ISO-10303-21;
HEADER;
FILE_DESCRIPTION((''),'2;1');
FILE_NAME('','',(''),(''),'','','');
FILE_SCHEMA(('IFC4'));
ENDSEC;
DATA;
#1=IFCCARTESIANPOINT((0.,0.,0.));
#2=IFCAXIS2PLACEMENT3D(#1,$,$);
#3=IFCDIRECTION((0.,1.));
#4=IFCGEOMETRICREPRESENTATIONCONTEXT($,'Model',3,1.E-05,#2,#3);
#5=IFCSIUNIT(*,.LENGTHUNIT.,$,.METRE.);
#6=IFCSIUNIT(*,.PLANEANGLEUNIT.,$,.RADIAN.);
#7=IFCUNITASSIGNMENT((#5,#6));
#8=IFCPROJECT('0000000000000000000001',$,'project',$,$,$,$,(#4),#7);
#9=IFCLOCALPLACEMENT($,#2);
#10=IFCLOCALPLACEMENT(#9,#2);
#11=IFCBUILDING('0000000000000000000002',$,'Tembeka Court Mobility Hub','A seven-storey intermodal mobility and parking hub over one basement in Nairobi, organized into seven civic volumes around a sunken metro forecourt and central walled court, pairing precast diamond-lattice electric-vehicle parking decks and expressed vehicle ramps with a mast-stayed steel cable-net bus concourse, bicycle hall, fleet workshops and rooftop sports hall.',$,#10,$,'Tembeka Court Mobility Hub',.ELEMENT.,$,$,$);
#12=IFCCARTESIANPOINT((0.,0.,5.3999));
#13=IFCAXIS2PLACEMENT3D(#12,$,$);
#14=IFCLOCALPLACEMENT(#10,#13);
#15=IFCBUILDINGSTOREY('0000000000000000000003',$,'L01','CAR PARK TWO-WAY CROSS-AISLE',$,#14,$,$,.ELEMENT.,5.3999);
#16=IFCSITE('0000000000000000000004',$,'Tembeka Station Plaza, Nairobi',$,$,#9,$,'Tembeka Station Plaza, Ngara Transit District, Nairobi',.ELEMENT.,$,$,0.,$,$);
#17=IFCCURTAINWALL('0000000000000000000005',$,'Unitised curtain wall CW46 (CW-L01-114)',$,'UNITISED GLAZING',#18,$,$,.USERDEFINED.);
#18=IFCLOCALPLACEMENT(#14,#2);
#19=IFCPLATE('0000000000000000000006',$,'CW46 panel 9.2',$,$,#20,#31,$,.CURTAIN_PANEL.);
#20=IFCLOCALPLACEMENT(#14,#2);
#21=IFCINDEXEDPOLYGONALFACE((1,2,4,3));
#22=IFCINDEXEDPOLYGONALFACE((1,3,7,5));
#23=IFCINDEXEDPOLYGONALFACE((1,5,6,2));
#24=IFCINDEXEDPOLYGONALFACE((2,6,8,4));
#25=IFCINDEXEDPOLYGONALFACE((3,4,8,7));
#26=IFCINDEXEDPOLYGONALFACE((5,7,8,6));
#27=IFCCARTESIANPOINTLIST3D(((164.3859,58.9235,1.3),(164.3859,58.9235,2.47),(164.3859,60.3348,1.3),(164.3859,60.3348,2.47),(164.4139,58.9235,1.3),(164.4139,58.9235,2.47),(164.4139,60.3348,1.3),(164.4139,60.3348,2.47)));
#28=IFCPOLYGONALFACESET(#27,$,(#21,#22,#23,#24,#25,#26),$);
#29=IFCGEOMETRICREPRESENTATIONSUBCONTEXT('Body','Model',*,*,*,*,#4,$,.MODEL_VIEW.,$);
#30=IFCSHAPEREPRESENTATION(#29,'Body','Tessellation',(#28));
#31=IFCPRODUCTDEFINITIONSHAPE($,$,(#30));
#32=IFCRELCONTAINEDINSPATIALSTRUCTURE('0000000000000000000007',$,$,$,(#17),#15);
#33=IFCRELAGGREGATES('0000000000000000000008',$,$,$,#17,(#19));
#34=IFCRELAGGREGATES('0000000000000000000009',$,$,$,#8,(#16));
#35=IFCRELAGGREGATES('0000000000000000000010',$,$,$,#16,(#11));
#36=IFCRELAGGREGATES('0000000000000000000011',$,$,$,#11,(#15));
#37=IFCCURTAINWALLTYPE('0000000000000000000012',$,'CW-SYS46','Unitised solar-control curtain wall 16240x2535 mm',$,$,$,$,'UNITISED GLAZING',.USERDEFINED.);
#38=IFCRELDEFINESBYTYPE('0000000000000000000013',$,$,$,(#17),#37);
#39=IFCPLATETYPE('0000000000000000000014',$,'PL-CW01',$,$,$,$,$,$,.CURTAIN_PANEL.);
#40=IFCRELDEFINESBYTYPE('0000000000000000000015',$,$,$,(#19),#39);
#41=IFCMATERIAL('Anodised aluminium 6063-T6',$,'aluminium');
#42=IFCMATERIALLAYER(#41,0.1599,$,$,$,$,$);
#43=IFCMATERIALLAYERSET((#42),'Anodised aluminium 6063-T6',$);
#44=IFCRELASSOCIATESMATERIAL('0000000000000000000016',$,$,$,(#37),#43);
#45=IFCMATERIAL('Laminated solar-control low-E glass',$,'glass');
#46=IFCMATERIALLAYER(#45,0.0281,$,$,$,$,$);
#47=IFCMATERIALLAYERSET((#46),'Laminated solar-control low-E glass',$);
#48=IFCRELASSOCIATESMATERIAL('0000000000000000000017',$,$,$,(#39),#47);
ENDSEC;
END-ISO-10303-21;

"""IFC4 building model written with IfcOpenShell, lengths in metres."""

from ifc_helpers import new_model, si_unit, direction, frame, origin, origin_2d, place, context, subcontext, project, spatial, rectangle, extrude, material, layer, layer_set, type_object, element, aggregate, save


model = new_model("IFC4")

# Units and contexts
model_context = context("Model", 3, precision=1e-05, world=origin(), true_north=direction((0.0, 1.0)))
body_context = subcontext(model_context, "Body", "Model", "MODEL_VIEW")
ifc_project = project(units=[si_unit("LENGTHUNIT", "METRE"), si_unit("PLANEANGLEUNIT", "RADIAN")], contexts=[model_context])

# Site, building, storey
site_placement = place(None, origin())
site = spatial("IfcSite", under=ifc_project, at=site_placement, Name="Tembeka Station Plaza, Nairobi", LongName="Tembeka Station Plaza, Ngara Transit District, Nairobi", CompositionType="ELEMENT", RefElevation=0.0)
building_placement = place(site_placement, origin())
building = spatial("IfcBuilding", under=site, at=building_placement, Name="Tembeka Court Mobility Hub", Description="A seven-storey intermodal mobility and parking hub over one basement in Nairobi, organized into seven civic volumes around a sunken metro forecourt and central walled court, pairing precast diamond-lattice electric-vehicle parking decks and expressed vehicle ramps with a mast-stayed steel cable-net bus concourse, bicycle hall, fleet workshops and rooftop sports hall.", LongName="Tembeka Court Mobility Hub", CompositionType="ELEMENT")
storey_placement = place(building_placement, frame((0.0, 0.0, 5.3999)))
storey = spatial("IfcBuildingStorey", under=building, at=storey_placement, Name="L01", Description="CAR PARK TWO-WAY CROSS-AISLE", CompositionType="ELEMENT", Elevation=5.3999)

# Curtain wall
ifc_material_1 = material(Name="Anodised aluminium 6063-T6", Category="aluminium")
ifc_layer_1 = layer(ifc_material_1, 0.1599)
ifc_layer_set_1 = layer_set([ifc_layer_1], Name="Anodised aluminium 6063-T6")
curtain_wall_type = type_object("IfcCurtainWallType", Name="CW-SYS46", Description="Unitised solar-control curtain wall 16240x2535 mm", ElementType="UNITISED GLAZING", PredefinedType="USERDEFINED", material=ifc_layer_set_1)
curtain_wall_placement = place(storey_placement, origin())
curtain_wall = element("IfcCurtainWall", 1, at=curtain_wall_placement, inside=storey, type_object=curtain_wall_type, Name="Unitised curtain wall CW46 (CW-L01-114)", ObjectType="UNITISED GLAZING", PredefinedType="USERDEFINED")

# Plate
ifc_material_2 = material(Name="Laminated solar-control low-E glass", Category="glass")
ifc_layer_2 = layer(ifc_material_2, 0.0281)
ifc_layer_set_2 = layer_set([ifc_layer_2], Name="Laminated solar-control low-E glass")
plate_type = type_object("IfcPlateType", Name="PL-CW01", PredefinedType="CURTAIN_PANEL", material=ifc_layer_set_2)
plate_1_placement = place(storey_placement, frame((164.3999, 59.6292, 1.3), z_axis=(0.0, 0.0, 1.0), x_axis=(0.0, 1.0, 0.0)))
plate_1 = element("IfcPlate", 2, at=plate_1_placement, type_object=plate_type, Name="CW46 panel 9.2", PredefinedType="CURTAIN_PANEL", context=body_context, shape_type="SweptSolid", body=[
    extrude(rectangle(XDim=1.4114, YDim=0.0281, at=origin_2d()), origin(), (0.0, 0.0, 1.0), 1.1699),
])
aggregate(curtain_wall, [plate_1])

save(model, "model.ifc")
